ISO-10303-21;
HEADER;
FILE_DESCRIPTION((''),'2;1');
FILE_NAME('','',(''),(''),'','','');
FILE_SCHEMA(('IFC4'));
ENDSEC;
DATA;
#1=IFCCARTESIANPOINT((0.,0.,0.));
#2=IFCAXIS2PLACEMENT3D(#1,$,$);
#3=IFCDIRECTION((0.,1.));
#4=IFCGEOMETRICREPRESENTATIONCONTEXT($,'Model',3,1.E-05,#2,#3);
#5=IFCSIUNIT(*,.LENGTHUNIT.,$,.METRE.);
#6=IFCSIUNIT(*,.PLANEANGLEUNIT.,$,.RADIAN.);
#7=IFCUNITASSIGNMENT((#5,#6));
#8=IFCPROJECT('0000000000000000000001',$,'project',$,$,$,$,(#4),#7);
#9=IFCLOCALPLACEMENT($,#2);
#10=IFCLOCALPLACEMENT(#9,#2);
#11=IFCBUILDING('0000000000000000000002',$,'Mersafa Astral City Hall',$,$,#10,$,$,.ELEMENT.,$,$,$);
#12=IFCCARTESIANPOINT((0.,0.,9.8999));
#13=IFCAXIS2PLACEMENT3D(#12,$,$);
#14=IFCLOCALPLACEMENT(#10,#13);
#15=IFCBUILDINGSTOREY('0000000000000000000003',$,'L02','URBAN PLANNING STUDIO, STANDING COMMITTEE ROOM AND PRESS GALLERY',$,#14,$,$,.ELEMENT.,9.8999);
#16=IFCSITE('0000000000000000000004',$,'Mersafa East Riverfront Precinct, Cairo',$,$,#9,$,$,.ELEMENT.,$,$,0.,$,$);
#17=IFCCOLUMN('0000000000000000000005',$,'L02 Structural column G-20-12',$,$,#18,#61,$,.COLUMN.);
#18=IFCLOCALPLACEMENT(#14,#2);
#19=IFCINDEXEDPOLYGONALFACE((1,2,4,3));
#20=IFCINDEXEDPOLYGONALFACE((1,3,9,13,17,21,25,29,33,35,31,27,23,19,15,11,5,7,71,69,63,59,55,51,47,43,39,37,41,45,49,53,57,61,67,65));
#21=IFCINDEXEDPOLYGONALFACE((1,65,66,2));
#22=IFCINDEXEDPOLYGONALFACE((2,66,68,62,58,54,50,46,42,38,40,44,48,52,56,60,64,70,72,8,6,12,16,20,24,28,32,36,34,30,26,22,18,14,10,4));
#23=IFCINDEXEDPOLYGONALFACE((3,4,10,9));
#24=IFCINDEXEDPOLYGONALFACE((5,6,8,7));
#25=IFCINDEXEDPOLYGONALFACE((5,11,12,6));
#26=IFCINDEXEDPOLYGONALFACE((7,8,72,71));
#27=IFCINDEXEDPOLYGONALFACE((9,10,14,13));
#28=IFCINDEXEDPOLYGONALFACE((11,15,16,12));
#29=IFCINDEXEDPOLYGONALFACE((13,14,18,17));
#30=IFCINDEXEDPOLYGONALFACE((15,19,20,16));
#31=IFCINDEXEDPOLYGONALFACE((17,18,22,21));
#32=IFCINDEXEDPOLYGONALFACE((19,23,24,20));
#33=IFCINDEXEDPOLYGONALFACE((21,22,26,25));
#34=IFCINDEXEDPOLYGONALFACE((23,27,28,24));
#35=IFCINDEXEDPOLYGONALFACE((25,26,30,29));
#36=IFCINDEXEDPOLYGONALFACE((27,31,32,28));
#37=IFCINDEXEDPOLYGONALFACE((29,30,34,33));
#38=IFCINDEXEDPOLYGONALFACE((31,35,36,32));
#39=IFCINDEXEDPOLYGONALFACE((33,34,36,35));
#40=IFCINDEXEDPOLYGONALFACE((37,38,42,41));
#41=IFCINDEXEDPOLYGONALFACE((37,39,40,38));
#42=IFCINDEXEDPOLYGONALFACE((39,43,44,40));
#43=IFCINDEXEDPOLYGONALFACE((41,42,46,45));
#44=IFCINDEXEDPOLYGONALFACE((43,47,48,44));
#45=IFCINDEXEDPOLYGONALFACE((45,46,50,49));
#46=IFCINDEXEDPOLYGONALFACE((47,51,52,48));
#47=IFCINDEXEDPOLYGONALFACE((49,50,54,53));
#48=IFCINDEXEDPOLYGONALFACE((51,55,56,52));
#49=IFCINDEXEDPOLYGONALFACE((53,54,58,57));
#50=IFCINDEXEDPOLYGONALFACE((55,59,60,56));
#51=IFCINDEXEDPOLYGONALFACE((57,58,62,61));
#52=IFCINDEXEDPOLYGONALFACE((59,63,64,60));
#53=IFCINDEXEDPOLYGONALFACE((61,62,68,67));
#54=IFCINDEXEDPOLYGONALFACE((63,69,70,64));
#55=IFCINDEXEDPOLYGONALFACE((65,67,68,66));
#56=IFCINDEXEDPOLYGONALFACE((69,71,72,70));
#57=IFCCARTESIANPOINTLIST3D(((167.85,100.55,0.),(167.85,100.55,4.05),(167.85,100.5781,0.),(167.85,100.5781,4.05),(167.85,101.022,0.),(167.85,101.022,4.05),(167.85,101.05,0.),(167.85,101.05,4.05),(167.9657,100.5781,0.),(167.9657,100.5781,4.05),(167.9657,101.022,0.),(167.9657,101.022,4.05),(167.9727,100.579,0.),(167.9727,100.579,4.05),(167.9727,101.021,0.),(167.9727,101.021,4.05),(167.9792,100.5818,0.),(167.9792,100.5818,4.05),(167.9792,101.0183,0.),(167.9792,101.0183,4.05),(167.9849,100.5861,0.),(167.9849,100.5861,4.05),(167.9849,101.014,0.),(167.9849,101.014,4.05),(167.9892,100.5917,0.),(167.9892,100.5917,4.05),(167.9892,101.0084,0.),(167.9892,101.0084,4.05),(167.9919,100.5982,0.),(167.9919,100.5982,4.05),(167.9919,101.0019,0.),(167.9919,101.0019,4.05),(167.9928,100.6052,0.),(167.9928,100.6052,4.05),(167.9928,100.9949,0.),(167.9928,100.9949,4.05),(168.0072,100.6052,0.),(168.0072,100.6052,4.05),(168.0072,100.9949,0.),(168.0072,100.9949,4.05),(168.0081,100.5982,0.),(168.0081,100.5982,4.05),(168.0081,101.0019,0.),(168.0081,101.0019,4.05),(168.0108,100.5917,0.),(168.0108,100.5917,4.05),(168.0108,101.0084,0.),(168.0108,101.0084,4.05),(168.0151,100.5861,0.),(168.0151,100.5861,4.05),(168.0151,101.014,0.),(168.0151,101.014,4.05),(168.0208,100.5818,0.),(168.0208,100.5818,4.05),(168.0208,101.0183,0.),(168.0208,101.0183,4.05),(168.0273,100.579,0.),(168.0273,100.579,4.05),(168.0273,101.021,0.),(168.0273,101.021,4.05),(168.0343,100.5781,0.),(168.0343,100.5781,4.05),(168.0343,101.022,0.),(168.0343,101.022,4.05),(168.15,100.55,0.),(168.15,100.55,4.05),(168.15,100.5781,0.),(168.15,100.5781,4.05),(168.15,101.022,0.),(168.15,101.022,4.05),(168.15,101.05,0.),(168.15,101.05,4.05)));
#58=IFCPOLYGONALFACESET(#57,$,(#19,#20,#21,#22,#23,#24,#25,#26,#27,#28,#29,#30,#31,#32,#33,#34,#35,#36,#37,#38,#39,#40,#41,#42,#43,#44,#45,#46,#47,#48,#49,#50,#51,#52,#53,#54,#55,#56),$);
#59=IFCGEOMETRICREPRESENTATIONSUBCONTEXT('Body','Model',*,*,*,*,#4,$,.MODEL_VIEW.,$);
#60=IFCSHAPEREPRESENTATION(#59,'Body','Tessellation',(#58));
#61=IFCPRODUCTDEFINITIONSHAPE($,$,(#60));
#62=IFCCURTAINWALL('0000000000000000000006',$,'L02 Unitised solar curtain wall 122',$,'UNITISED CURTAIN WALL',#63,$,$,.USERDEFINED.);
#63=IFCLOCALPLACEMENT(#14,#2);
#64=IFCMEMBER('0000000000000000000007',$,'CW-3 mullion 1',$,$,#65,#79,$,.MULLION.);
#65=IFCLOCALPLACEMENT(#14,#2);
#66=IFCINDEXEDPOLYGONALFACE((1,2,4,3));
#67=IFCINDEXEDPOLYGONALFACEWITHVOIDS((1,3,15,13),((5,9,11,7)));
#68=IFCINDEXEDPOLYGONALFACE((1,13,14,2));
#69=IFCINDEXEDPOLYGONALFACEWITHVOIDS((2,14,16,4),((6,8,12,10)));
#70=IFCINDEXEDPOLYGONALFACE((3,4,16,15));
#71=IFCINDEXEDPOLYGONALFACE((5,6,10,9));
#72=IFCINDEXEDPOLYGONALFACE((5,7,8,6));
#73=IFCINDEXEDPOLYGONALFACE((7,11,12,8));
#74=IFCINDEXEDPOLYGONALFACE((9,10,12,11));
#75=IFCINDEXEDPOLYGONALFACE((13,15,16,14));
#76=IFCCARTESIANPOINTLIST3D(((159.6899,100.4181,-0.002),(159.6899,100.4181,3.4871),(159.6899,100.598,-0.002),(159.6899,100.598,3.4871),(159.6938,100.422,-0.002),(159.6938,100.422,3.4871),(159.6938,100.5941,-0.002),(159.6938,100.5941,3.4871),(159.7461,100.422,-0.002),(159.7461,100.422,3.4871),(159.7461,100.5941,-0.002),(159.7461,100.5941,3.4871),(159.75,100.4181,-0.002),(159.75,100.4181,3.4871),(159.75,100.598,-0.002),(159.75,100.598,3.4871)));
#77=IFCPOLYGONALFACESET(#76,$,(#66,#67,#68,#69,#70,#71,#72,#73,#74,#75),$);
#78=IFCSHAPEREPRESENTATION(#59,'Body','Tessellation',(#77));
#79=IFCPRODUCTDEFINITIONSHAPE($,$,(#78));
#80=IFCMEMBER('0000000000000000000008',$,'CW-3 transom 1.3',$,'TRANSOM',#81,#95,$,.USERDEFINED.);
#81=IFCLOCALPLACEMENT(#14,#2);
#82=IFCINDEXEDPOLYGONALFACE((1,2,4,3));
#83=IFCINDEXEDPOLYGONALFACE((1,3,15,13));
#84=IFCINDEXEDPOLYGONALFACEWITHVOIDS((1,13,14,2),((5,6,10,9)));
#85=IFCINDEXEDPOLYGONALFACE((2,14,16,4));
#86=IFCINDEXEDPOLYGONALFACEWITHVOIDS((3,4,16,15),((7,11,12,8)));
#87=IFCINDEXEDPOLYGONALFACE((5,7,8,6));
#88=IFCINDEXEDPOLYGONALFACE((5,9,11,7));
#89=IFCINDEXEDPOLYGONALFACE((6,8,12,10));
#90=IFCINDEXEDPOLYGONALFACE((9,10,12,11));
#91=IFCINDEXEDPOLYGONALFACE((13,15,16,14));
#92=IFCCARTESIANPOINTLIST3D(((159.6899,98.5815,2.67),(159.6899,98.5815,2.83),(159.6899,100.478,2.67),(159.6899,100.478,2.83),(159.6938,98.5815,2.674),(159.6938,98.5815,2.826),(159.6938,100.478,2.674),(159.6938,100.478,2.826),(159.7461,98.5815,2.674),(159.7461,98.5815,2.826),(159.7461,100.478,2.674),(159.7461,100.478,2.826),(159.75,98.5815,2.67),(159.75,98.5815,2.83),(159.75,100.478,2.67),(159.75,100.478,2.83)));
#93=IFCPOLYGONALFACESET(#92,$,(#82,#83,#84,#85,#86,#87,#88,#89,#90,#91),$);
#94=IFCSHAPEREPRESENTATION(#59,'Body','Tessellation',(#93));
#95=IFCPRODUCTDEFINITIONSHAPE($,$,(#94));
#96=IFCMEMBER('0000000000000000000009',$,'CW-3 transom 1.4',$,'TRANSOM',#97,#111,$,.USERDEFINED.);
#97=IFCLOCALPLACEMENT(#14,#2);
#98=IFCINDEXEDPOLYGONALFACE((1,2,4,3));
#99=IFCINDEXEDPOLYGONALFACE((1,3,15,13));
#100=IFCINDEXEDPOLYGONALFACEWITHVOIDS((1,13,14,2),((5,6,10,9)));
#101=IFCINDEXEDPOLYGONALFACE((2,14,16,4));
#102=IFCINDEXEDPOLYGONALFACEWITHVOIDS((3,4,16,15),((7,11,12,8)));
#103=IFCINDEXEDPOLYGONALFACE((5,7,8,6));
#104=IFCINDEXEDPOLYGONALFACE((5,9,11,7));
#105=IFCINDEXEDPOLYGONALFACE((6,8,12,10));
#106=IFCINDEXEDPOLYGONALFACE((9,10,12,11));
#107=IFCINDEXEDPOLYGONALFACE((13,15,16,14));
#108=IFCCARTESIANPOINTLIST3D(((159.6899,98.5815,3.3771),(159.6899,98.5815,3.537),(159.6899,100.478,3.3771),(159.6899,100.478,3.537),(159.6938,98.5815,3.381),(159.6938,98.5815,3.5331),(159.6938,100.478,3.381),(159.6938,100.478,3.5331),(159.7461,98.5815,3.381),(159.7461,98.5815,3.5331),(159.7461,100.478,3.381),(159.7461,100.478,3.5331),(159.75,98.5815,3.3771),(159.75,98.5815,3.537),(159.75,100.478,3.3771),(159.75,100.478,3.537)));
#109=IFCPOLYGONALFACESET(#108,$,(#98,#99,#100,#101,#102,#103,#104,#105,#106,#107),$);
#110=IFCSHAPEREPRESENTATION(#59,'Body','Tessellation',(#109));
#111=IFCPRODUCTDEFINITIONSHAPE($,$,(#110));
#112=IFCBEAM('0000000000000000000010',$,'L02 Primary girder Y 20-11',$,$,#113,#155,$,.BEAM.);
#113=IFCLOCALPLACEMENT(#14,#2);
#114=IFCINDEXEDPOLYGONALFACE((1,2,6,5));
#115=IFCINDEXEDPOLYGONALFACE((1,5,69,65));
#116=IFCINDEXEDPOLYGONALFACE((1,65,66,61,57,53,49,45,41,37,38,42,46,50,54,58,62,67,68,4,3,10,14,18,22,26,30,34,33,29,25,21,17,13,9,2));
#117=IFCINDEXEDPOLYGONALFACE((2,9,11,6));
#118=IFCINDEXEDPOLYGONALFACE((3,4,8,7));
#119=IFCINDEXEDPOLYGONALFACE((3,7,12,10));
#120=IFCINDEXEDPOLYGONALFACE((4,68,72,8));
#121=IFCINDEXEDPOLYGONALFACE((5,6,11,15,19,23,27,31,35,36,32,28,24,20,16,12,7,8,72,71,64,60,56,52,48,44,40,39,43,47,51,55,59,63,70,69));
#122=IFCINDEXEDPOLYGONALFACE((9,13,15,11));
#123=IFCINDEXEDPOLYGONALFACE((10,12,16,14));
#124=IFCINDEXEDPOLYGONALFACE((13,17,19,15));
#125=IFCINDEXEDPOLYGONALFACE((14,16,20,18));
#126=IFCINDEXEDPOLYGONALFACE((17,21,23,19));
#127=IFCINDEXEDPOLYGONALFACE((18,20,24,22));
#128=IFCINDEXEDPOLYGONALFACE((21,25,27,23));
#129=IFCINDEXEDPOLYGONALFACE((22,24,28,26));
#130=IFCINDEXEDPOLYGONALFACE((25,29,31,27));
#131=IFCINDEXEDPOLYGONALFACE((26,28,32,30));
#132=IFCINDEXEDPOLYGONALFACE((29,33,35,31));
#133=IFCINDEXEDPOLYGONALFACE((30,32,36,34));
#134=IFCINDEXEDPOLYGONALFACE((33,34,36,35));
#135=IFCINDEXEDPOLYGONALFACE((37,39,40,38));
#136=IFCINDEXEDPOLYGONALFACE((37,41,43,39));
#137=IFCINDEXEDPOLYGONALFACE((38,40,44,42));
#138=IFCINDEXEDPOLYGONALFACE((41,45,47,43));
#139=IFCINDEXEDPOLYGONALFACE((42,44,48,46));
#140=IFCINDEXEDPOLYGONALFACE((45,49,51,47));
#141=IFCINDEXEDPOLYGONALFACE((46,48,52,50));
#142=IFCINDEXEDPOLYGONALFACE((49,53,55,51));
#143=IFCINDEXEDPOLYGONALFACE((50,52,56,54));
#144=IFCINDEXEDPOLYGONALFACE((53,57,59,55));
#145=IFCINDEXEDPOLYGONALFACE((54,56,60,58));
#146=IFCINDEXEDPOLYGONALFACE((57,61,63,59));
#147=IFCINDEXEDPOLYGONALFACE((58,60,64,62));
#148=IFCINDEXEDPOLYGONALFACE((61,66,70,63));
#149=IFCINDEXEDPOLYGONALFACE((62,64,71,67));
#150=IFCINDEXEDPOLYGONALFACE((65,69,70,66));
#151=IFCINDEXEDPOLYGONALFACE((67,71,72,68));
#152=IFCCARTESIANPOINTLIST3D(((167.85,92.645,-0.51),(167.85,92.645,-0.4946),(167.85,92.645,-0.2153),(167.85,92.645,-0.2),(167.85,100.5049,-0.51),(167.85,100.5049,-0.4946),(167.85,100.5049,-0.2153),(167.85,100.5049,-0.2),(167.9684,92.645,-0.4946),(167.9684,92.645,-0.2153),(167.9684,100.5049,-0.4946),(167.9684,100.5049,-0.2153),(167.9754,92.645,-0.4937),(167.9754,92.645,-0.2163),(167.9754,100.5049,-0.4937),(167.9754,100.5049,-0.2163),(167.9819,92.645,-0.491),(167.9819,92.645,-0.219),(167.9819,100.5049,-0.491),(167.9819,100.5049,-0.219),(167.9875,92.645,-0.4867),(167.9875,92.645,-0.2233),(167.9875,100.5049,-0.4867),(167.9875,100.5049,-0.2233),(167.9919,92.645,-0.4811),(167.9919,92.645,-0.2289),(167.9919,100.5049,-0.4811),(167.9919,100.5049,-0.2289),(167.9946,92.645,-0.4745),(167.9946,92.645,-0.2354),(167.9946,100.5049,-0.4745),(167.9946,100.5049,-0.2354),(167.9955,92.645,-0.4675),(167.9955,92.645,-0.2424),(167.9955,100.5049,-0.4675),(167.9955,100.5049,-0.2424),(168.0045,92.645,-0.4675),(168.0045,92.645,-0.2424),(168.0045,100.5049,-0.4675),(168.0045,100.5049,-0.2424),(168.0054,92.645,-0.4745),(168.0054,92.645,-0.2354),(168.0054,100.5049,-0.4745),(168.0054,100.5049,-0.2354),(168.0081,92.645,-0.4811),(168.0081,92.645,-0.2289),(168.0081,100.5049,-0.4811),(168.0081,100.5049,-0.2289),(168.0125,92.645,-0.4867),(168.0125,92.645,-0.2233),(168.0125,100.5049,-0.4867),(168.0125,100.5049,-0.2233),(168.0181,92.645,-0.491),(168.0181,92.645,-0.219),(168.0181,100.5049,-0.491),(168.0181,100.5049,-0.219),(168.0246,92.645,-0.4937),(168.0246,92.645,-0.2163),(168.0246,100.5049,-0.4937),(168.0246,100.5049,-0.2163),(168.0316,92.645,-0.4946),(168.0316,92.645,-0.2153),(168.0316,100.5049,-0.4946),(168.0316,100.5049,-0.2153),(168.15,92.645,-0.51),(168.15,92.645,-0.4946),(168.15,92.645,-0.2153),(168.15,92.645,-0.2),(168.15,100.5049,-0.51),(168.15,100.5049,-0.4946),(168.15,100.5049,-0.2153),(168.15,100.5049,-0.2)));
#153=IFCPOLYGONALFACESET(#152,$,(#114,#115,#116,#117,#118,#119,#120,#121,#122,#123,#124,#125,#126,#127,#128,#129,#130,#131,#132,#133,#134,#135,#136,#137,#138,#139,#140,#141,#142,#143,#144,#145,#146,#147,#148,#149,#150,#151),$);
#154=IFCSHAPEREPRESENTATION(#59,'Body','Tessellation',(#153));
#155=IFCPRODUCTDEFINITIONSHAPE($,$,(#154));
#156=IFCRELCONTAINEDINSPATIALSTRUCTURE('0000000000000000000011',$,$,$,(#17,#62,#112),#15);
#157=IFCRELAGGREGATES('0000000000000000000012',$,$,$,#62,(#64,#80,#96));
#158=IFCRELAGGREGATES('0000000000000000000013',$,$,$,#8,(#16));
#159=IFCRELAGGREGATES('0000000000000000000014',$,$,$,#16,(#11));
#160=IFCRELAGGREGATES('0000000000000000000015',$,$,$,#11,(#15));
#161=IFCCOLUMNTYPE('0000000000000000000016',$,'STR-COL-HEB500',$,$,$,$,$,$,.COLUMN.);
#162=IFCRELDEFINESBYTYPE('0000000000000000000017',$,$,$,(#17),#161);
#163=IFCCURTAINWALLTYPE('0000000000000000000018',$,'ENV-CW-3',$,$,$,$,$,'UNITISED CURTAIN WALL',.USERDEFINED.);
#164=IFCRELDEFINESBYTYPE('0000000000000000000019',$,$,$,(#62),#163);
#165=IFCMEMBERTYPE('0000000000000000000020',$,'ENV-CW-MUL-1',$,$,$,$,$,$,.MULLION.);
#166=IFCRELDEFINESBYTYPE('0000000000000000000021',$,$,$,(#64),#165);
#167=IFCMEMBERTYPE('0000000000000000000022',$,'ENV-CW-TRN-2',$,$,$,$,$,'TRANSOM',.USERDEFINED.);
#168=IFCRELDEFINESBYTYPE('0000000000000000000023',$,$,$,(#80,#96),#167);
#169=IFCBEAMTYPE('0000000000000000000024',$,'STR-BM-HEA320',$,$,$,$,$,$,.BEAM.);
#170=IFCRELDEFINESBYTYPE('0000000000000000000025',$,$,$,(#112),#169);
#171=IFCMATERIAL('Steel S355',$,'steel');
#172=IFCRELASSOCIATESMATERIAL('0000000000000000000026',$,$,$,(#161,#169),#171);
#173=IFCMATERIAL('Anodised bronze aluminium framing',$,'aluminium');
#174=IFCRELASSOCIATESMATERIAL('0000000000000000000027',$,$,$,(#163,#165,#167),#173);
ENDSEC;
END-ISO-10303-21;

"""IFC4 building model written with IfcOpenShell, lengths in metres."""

from ifc_helpers import new_model, si_unit, direction, frame, origin, origin_2d, place, context, subcontext, project, spatial, hollow_rectangle, i_section, extrude, material, material_profile, profile_set, type_object, element, aggregate, save


model = new_model("IFC4")

# Units and contexts
model_context = context("Model", 3, precision=1e-05, world=origin(), true_north=direction((0.0, 1.0)))
body_context = subcontext(model_context, "Body", "Model", "MODEL_VIEW")
ifc_project = project(units=[si_unit("LENGTHUNIT", "METRE"), si_unit("PLANEANGLEUNIT", "RADIAN")], contexts=[model_context])

# Site, building, storey
site_placement = place(None, origin())
site = spatial("IfcSite", under=ifc_project, at=site_placement, Name="Mersafa East Riverfront Precinct, Cairo", CompositionType="ELEMENT", RefElevation=0.0)
building_placement = place(site_placement, origin())
building = spatial("IfcBuilding", under=site, at=building_placement, Name="Mersafa Astral City Hall", CompositionType="ELEMENT")
storey_placement = place(building_placement, frame((0.0, 0.0, 9.8999)))
storey = spatial("IfcBuildingStorey", under=building, at=storey_placement, Name="L02", Description="URBAN PLANNING STUDIO, STANDING COMMITTEE ROOM AND PRESS GALLERY", CompositionType="ELEMENT", Elevation=9.8999)

# Column
ifc_material_1 = material(Name="Steel S355", Category="steel")
ifc_material_profile_1 = material_profile(ifc_material_1, i_section(OverallWidth=0.3, OverallDepth=0.5, WebThickness=0.0144, FlangeThickness=0.0281, FilletRadius=0.0271, at=origin_2d()), Name="HEB 500")
ifc_profile_set_1 = profile_set([ifc_material_profile_1], Name="Steel S355")
column_type = type_object("IfcColumnType", Name="STR-COL-HEB500", PredefinedType="COLUMN", material=ifc_profile_set_1)
column_placement = place(storey_placement, frame((168.0, 100.8, 0.0), z_axis=(0.0, 0.0, 1.0), x_axis=(1.0, 0.0, 0.0)))
element("IfcColumn", 1, at=column_placement, inside=storey, type_object=column_type, Name="L02 Structural column G-20-12", PredefinedType="COLUMN", context=body_context, shape_type="SweptSolid", body=[
    extrude(i_section(OverallWidth=0.3, OverallDepth=0.5, WebThickness=0.0144, FlangeThickness=0.0281, FilletRadius=0.0271, at=origin_2d()), origin(), (0.0, 0.0, 1.0), 4.05),
])

# Curtain wall, members
ifc_material_2 = material(Name="Anodised bronze aluminium framing", Category="aluminium")
curtain_wall_type = type_object("IfcCurtainWallType", Name="ENV-CW-3", ElementType="UNITISED CURTAIN WALL", PredefinedType="USERDEFINED", material=ifc_material_2)
curtain_wall_placement = place(storey_placement, origin())
curtain_wall = element("IfcCurtainWall", 2, at=curtain_wall_placement, inside=storey, type_object=curtain_wall_type, Name="L02 Unitised solar curtain wall 122", ObjectType="UNITISED CURTAIN WALL", PredefinedType="USERDEFINED")
ifc_material_profile_2 = material_profile(ifc_material_2, hollow_rectangle(XDim=0.0601, YDim=0.1799, WallThickness=0.0039, at=origin_2d()), Name="RHS 60x180x4")
ifc_profile_set_2 = profile_set([ifc_material_profile_2], Name="Anodised bronze aluminium framing")
member_type_1 = type_object("IfcMemberType", Name="ENV-CW-MUL-1", PredefinedType="MULLION", material=ifc_profile_set_2)
member_1_placement = place(storey_placement, frame((159.72, 100.5081, -0.002), z_axis=(0.0, 0.0, 1.0), x_axis=(1.0, 0.0, 0.0)))
member_1 = element("IfcMember", 3, at=member_1_placement, type_object=member_type_1, Name="CW-3 mullion 1", PredefinedType="MULLION", context=body_context, shape_type="SweptSolid", body=[
    extrude(hollow_rectangle(XDim=0.0601, YDim=0.1799, WallThickness=0.0039, at=origin_2d()), origin(), (0.0, 0.0, 1.0), 3.489),
])
ifc_material_profile_3 = material_profile(ifc_material_2, hollow_rectangle(XDim=0.0601, YDim=0.1599, WallThickness=0.0039, at=origin_2d()), Name="RHS 60x160x4")
ifc_profile_set_3 = profile_set([ifc_material_profile_3], Name="Anodised bronze aluminium framing")
member_type_2 = type_object("IfcMemberType", Name="ENV-CW-TRN-2", ElementType="TRANSOM", PredefinedType="USERDEFINED", material=ifc_profile_set_3)
member_2_placement = place(storey_placement, frame((159.72, 100.478, 2.75), z_axis=(0.0, -1.0, 0.0), x_axis=(1.0, 0.0, 0.0)))
member_2 = element("IfcMember", 4, at=member_2_placement, type_object=member_type_2, Name="CW-3 transom 1.3", ObjectType="TRANSOM", PredefinedType="USERDEFINED", context=body_context, shape_type="SweptSolid", body=[
    extrude(hollow_rectangle(XDim=0.0601, YDim=0.1599, WallThickness=0.0039, at=origin_2d()), origin(), (0.0, 0.0, 1.0), 1.8965),
])
member_3_placement = place(storey_placement, frame((159.72, 100.478, 3.457), z_axis=(0.0, -1.0, 0.0), x_axis=(1.0, 0.0, 0.0)))
member_3 = element("IfcMember", 5, at=member_3_placement, type_object=member_type_2, Name="CW-3 transom 1.4", ObjectType="TRANSOM", PredefinedType="USERDEFINED", context=body_context, shape_type="SweptSolid", body=[
    extrude(hollow_rectangle(XDim=0.0601, YDim=0.1599, WallThickness=0.0039, at=origin_2d()), origin(), (0.0, 0.0, 1.0), 1.8965),
])
aggregate(curtain_wall, [member_1, member_2, member_3])

# Beam
ifc_material_profile_4 = material_profile(ifc_material_1, i_section(OverallWidth=0.3, OverallDepth=0.3101, WebThickness=0.009, FlangeThickness=0.0154, FilletRadius=0.0271, at=origin_2d()), Name="HEA 320")
ifc_profile_set_4 = profile_set([ifc_material_profile_4], Name="Steel S355")
beam_type_1 = type_object("IfcBeamType", Name="STR-BM-HEA320", PredefinedType="BEAM", material=ifc_profile_set_4)
beam_1_placement = place(storey_placement, frame((168.0, 92.645, -0.355), z_axis=(0.0, 1.0, 0.0), x_axis=(-1.0, 0.0, 0.0)))
element("IfcBeam", 6, at=beam_1_placement, inside=storey, type_object=beam_type_1, Name="L02 Primary girder Y 20-11", PredefinedType="BEAM", context=body_context, shape_type="SweptSolid", body=[
    extrude(i_section(OverallWidth=0.3, OverallDepth=0.3101, WebThickness=0.009, FlangeThickness=0.0154, FilletRadius=0.0271, at=origin_2d()), origin(), (0.0, 0.0, 1.0), 7.8599),
])

save(model, "model.ifc")
